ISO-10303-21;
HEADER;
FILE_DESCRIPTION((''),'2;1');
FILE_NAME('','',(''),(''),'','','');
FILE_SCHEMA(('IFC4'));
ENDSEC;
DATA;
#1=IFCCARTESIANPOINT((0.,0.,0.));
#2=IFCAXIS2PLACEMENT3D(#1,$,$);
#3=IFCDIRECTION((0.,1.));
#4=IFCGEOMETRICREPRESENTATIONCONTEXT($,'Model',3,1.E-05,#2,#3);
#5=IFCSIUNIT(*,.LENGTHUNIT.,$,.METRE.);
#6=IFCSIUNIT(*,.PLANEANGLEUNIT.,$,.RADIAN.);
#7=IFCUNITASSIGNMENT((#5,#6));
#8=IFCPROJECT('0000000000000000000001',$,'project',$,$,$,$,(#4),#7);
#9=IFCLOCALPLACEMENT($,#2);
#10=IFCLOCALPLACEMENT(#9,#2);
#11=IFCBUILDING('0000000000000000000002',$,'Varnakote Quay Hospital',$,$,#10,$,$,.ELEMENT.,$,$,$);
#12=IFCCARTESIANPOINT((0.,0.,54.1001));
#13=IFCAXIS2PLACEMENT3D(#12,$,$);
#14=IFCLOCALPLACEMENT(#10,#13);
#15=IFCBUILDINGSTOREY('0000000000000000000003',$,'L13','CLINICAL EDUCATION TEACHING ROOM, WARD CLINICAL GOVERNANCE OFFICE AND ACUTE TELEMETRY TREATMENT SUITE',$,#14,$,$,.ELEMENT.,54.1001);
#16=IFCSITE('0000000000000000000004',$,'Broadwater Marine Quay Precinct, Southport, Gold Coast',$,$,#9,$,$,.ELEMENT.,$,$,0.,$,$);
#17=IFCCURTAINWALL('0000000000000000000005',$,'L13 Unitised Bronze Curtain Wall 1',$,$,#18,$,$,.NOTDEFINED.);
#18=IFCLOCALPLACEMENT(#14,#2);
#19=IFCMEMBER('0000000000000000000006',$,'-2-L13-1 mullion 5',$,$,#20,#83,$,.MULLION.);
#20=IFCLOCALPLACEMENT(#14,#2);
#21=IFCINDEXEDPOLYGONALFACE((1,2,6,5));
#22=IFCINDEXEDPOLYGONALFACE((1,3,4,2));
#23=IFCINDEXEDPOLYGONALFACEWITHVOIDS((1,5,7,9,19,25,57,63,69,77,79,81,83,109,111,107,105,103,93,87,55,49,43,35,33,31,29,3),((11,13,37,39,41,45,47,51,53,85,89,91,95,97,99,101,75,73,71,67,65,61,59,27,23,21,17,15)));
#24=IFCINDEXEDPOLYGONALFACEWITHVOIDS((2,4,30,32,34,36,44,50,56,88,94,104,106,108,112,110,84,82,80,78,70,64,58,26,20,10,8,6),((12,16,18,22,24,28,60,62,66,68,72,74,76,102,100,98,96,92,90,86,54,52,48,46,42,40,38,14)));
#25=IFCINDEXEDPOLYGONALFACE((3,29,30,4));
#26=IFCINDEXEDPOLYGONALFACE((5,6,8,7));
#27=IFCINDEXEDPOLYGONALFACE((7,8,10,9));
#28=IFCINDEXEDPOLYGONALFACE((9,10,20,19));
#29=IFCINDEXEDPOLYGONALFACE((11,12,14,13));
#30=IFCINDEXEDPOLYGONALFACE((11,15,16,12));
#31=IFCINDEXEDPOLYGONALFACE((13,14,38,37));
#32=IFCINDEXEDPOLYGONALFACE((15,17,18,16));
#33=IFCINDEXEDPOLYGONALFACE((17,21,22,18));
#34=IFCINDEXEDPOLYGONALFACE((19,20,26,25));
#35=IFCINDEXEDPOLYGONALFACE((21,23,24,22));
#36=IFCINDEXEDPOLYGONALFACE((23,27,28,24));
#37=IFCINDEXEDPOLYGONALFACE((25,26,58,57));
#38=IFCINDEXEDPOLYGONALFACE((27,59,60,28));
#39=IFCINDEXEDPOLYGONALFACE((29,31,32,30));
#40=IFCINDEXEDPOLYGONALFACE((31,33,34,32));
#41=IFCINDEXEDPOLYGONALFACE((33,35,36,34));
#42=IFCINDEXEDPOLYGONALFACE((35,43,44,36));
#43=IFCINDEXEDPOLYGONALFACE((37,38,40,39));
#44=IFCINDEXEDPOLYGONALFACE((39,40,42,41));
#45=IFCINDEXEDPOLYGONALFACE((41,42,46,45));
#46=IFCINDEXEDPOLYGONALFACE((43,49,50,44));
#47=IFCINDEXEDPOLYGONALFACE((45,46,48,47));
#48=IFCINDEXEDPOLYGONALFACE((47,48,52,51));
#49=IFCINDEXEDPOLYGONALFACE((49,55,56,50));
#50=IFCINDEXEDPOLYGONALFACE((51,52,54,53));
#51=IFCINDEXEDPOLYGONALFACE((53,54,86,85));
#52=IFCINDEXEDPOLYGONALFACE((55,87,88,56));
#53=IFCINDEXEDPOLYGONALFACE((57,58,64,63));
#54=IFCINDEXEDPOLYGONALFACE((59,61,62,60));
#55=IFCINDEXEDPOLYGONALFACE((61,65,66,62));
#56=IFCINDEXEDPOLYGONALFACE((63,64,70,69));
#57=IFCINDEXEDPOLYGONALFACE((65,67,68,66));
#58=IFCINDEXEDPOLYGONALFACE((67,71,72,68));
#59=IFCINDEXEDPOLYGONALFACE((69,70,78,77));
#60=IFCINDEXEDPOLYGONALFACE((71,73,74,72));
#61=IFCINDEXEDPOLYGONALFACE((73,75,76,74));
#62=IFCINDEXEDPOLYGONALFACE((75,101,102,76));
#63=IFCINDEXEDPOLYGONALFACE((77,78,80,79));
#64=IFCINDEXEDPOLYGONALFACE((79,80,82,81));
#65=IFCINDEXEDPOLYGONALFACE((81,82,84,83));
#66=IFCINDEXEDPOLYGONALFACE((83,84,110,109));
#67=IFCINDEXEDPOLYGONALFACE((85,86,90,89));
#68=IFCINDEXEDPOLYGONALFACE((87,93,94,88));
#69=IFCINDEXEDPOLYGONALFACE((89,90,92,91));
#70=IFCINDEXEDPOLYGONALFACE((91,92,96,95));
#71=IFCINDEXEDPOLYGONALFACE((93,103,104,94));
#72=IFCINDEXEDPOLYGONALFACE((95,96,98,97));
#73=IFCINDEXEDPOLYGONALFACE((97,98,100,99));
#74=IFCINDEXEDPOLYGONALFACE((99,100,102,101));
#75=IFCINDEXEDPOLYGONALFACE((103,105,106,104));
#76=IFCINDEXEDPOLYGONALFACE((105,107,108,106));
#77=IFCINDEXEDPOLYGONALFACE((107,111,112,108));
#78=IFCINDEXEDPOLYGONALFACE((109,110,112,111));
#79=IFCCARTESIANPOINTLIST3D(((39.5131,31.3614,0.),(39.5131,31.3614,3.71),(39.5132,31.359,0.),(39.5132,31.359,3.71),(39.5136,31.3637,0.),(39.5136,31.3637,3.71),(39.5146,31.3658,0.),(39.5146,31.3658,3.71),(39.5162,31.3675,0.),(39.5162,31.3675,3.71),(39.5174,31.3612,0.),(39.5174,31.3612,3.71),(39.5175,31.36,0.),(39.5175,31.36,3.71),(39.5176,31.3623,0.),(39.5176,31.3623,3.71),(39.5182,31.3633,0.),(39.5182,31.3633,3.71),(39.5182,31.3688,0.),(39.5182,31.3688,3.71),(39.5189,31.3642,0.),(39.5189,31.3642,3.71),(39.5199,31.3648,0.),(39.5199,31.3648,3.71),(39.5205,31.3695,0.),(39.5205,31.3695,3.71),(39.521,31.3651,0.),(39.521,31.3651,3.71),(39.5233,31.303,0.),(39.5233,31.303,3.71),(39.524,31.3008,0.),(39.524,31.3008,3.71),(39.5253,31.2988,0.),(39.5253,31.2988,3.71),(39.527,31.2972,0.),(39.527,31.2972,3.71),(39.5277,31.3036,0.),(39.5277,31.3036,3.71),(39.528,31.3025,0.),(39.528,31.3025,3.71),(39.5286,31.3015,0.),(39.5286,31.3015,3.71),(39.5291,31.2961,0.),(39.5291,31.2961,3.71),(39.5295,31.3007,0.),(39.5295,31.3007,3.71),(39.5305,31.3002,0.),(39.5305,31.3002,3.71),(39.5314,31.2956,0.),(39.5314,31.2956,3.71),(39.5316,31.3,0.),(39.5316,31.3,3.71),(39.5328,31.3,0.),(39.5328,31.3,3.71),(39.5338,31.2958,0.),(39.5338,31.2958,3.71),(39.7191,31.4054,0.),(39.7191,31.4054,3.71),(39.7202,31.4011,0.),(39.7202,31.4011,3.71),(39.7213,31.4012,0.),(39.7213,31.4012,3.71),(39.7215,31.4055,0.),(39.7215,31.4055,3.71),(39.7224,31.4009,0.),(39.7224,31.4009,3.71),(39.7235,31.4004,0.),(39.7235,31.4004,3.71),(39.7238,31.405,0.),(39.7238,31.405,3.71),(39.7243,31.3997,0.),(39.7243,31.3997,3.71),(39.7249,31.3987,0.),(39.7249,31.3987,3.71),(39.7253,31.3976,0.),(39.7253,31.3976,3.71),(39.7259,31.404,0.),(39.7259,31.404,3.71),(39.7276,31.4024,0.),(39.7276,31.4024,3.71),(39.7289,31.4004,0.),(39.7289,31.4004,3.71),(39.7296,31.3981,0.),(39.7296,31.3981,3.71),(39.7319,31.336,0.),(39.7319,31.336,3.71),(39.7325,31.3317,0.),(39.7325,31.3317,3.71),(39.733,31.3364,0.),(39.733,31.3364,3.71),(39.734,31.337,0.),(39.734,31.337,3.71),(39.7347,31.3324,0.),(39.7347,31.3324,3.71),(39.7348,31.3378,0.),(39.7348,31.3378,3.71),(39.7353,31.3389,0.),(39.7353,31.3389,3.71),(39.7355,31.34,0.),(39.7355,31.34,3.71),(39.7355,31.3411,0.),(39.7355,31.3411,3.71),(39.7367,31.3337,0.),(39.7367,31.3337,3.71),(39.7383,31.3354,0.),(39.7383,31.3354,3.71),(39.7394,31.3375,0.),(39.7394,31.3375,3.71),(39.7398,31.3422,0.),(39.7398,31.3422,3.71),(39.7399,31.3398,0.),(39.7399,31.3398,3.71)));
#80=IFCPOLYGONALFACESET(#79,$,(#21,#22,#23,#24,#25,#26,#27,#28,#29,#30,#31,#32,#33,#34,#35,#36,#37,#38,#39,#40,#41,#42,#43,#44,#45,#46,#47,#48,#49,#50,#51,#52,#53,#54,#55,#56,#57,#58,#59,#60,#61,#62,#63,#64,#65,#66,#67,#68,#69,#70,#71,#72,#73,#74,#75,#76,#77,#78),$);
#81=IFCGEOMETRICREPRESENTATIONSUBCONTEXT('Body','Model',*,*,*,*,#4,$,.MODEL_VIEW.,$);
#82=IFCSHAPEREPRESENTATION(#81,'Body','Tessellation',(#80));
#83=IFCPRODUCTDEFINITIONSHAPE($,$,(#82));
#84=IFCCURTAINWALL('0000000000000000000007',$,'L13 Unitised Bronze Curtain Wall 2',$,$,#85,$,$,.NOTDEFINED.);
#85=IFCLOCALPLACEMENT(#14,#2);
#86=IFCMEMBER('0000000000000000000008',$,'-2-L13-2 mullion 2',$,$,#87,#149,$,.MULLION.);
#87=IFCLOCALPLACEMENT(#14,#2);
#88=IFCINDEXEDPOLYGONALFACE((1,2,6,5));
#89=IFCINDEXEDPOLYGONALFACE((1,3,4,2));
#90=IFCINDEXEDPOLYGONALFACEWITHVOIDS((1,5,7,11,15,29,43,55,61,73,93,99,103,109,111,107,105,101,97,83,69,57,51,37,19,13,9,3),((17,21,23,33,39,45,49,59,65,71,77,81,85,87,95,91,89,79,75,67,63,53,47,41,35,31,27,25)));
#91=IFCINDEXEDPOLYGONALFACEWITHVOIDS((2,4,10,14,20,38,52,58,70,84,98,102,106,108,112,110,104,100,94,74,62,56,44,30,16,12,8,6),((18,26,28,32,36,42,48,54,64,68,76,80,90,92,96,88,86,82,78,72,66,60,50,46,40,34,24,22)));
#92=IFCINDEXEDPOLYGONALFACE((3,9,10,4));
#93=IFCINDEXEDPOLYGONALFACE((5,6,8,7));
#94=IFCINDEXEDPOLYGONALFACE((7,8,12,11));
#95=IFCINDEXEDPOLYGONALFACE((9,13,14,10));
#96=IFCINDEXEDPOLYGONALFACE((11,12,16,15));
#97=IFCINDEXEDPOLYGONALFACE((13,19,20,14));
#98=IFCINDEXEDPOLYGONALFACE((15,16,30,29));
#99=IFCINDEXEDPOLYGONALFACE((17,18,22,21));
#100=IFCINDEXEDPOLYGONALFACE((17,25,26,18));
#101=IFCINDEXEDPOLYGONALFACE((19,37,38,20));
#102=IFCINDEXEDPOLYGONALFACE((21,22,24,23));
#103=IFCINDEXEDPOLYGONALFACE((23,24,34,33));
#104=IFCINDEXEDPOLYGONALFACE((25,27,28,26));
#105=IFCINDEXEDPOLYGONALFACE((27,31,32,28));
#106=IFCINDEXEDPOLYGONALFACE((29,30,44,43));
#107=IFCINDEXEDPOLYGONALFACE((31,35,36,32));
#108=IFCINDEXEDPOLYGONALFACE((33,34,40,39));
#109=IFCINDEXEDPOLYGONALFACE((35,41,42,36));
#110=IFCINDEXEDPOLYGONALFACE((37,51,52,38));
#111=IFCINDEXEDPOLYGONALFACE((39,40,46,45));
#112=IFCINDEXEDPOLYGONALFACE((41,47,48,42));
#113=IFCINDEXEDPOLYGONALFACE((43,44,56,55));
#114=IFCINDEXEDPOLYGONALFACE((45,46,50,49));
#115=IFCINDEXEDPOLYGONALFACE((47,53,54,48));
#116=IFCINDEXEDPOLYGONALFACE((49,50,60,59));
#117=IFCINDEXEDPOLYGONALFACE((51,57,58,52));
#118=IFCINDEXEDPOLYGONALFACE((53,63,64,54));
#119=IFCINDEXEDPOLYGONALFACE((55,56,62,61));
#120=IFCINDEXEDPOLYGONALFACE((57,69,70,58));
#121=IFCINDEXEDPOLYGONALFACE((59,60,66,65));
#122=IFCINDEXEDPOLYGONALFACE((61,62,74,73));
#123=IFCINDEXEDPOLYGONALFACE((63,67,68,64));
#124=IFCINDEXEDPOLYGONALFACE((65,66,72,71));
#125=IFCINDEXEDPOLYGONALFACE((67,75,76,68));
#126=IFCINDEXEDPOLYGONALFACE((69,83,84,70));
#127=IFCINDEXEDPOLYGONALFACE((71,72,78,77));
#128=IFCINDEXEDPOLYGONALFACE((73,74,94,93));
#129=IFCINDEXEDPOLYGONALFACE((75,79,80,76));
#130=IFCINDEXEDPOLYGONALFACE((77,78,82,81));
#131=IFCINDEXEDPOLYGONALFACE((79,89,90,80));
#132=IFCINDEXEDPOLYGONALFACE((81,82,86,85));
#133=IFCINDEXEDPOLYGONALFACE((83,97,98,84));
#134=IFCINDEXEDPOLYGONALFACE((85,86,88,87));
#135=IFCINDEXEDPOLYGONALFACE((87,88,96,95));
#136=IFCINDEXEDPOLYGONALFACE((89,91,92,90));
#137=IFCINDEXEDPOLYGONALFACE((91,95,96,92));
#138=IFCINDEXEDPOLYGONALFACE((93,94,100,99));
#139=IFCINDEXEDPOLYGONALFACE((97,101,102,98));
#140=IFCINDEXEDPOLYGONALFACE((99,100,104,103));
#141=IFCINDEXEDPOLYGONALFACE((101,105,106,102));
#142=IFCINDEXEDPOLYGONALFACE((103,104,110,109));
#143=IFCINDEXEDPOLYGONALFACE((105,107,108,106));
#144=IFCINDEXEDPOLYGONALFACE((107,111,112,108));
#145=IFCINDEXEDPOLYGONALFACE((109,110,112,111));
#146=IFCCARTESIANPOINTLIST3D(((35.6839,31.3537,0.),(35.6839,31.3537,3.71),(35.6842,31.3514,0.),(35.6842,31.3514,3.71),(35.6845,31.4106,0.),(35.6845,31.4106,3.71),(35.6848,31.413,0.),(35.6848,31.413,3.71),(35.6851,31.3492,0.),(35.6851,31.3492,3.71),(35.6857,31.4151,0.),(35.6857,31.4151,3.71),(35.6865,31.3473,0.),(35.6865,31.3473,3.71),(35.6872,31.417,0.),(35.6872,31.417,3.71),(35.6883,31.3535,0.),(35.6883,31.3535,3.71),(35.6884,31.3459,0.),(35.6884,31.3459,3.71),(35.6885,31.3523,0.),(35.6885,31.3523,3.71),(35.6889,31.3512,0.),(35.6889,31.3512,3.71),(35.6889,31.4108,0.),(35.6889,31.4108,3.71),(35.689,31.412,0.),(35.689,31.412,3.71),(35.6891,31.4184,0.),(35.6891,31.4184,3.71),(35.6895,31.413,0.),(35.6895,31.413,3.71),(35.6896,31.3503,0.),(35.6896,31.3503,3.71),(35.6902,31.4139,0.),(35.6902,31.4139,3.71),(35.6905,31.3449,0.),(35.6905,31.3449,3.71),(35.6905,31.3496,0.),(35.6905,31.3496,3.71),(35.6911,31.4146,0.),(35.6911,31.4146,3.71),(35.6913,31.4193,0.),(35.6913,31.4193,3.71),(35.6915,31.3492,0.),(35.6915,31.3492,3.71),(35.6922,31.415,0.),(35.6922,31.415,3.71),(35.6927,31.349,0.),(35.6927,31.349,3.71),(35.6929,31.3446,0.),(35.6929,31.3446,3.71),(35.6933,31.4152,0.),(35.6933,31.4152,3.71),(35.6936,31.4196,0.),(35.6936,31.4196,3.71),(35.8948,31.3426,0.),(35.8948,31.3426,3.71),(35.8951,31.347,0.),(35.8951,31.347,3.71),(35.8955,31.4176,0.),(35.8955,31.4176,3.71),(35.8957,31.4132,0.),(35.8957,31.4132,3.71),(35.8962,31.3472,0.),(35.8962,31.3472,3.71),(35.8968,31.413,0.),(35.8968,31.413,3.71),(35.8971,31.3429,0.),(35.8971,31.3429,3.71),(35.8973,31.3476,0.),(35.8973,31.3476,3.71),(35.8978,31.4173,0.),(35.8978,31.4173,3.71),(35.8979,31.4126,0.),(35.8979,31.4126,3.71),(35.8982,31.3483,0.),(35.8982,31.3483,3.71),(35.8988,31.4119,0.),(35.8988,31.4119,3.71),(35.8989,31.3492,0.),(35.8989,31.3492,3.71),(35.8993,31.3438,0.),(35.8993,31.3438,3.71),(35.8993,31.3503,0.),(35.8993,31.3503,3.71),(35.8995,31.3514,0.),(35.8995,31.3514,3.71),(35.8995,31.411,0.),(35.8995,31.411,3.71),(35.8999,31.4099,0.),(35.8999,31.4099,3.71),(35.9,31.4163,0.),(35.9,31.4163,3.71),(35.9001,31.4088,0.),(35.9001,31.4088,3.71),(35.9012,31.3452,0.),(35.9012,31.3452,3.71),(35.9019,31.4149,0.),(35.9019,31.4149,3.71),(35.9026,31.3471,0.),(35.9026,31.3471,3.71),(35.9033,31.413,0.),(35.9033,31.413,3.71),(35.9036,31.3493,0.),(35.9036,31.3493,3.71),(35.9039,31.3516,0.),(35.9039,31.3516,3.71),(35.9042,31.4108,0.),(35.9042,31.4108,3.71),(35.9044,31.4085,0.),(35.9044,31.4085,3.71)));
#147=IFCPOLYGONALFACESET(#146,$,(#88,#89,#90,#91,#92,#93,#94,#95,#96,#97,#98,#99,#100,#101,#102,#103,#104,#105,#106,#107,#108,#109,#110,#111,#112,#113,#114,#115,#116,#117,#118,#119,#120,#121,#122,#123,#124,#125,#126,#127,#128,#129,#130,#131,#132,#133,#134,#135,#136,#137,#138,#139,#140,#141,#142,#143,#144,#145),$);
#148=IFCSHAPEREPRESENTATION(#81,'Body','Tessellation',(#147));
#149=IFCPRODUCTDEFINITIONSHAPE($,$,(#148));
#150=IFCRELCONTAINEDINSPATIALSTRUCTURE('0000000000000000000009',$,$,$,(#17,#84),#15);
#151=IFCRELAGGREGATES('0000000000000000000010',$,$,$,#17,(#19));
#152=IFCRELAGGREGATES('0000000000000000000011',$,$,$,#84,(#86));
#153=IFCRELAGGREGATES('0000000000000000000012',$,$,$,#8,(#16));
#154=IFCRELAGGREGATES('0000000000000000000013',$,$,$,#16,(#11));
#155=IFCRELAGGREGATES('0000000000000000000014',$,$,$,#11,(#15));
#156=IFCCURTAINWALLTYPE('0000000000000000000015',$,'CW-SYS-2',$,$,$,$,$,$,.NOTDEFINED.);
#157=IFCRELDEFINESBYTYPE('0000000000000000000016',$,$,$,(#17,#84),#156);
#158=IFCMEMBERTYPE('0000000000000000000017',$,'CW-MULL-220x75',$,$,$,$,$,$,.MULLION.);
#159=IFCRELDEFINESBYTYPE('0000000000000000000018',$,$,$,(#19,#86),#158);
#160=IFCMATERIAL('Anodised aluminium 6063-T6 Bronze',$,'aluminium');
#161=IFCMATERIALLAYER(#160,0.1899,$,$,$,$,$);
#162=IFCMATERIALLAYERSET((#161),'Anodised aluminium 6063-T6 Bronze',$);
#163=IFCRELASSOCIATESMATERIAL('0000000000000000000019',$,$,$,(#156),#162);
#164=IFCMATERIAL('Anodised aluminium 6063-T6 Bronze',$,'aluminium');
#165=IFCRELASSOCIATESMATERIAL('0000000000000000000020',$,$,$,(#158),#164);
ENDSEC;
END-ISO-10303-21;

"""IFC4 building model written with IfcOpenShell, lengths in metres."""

from ifc_helpers import new_model, si_unit, direction, frame, origin, origin_2d, place, context, subcontext, project, spatial, hollow_rectangle, extrude, material, layer, layer_set, material_profile, profile_set, type_object, element, aggregate, save


model = new_model("IFC4")

# Units and contexts
model_context = context("Model", 3, precision=1e-05, world=origin(), true_north=direction((0.0, 1.0)))
body_context = subcontext(model_context, "Body", "Model", "MODEL_VIEW")
ifc_project = project(units=[si_unit("LENGTHUNIT", "METRE"), si_unit("PLANEANGLEUNIT", "RADIAN")], contexts=[model_context])

# Site, building, storey
site_placement = place(None, origin())
site = spatial("IfcSite", under=ifc_project, at=site_placement, Name="Broadwater Marine Quay Precinct, Southport, Gold Coast", CompositionType="ELEMENT", RefElevation=0.0)
building_placement = place(site_placement, origin())
building = spatial("IfcBuilding", under=site, at=building_placement, Name="Varnakote Quay Hospital", CompositionType="ELEMENT")
storey_placement = place(building_placement, frame((0.0, 0.0, 54.1001)))
storey = spatial("IfcBuildingStorey", under=building, at=storey_placement, Name="L13", Description="CLINICAL EDUCATION TEACHING ROOM, WARD CLINICAL GOVERNANCE OFFICE AND ACUTE TELEMETRY TREATMENT SUITE", CompositionType="ELEMENT", Elevation=54.1001)

# Curtain wall, member
ifc_material_1 = material(Name="Anodised aluminium 6063-T6 Bronze", Category="aluminium")
ifc_layer_1 = layer(ifc_material_1, 0.1899)
ifc_layer_set_1 = layer_set([ifc_layer_1], Name="Anodised aluminium 6063-T6 Bronze")
curtain_wall_type = type_object("IfcCurtainWallType", Name="CW-SYS-2", PredefinedType="NOTDEFINED", material=ifc_layer_set_1)
curtain_wall_1_placement = place(storey_placement, origin())
curtain_wall_1 = element("IfcCurtainWall", 1, at=curtain_wall_1_placement, inside=storey, type_object=curtain_wall_type, Name="L13 Unitised Bronze Curtain Wall 1", PredefinedType="NOTDEFINED")
ifc_material_2 = material(Name="Anodised aluminium 6063-T6 Bronze", Category="aluminium")
ifc_material_profile_1 = material_profile(ifc_material_2, hollow_rectangle(XDim=0.075, YDim=0.22, WallThickness=0.0044, InnerFilletRadius=0.0044, OuterFilletRadius=0.009, at=origin_2d()), Name="CW-MULL-220x75")
ifc_profile_set_1 = profile_set([ifc_material_profile_1], Name="Anodised aluminium 6063-T6 Bronze")
member_type_1 = type_object("IfcMemberType", Name="CW-MULL-220x75", PredefinedType="MULLION", material=ifc_profile_set_1)
member_1_placement = place(storey_placement, frame((39.6265, 31.3506, 0.0), z_axis=(0.0, 0.0, 1.0), x_axis=(0.177846, -0.984058, 0.0)))
member_1 = element("IfcMember", 2, at=member_1_placement, type_object=member_type_1, Name="-2-L13-1 mullion 5", PredefinedType="MULLION", context=body_context, shape_type="SweptSolid", body=[
    extrude(hollow_rectangle(XDim=0.075, YDim=0.22, WallThickness=0.0044, InnerFilletRadius=0.0044, OuterFilletRadius=0.009, at=origin_2d()), origin(), (0.0, 0.0, 1.0), 3.71),
])

# Curtain wall, member
curtain_wall_2_placement = place(storey_placement, origin())
curtain_wall_2 = element("IfcCurtainWall", 3, at=curtain_wall_2_placement, inside=storey, type_object=curtain_wall_type, Name="L13 Unitised Bronze Curtain Wall 2", PredefinedType="NOTDEFINED")
member_2_placement = place(storey_placement, frame((35.7942, 31.3811, 0.0), z_axis=(0.0, 0.0, 1.0), x_axis=(-0.009774, -0.999952, 0.0)))
member_2 = element("IfcMember", 4, at=member_2_placement, type_object=member_type_1, Name="-2-L13-2 mullion 2", PredefinedType="MULLION", context=body_context, shape_type="SweptSolid", body=[
    extrude(hollow_rectangle(XDim=0.075, YDim=0.22, WallThickness=0.0044, InnerFilletRadius=0.0044, OuterFilletRadius=0.009, at=origin_2d()), origin(), (0.0, 0.0, 1.0), 3.71),
])

aggregate(curtain_wall_1, [member_1])
aggregate(curtain_wall_2, [member_2])

save(model, "model.ifc")
